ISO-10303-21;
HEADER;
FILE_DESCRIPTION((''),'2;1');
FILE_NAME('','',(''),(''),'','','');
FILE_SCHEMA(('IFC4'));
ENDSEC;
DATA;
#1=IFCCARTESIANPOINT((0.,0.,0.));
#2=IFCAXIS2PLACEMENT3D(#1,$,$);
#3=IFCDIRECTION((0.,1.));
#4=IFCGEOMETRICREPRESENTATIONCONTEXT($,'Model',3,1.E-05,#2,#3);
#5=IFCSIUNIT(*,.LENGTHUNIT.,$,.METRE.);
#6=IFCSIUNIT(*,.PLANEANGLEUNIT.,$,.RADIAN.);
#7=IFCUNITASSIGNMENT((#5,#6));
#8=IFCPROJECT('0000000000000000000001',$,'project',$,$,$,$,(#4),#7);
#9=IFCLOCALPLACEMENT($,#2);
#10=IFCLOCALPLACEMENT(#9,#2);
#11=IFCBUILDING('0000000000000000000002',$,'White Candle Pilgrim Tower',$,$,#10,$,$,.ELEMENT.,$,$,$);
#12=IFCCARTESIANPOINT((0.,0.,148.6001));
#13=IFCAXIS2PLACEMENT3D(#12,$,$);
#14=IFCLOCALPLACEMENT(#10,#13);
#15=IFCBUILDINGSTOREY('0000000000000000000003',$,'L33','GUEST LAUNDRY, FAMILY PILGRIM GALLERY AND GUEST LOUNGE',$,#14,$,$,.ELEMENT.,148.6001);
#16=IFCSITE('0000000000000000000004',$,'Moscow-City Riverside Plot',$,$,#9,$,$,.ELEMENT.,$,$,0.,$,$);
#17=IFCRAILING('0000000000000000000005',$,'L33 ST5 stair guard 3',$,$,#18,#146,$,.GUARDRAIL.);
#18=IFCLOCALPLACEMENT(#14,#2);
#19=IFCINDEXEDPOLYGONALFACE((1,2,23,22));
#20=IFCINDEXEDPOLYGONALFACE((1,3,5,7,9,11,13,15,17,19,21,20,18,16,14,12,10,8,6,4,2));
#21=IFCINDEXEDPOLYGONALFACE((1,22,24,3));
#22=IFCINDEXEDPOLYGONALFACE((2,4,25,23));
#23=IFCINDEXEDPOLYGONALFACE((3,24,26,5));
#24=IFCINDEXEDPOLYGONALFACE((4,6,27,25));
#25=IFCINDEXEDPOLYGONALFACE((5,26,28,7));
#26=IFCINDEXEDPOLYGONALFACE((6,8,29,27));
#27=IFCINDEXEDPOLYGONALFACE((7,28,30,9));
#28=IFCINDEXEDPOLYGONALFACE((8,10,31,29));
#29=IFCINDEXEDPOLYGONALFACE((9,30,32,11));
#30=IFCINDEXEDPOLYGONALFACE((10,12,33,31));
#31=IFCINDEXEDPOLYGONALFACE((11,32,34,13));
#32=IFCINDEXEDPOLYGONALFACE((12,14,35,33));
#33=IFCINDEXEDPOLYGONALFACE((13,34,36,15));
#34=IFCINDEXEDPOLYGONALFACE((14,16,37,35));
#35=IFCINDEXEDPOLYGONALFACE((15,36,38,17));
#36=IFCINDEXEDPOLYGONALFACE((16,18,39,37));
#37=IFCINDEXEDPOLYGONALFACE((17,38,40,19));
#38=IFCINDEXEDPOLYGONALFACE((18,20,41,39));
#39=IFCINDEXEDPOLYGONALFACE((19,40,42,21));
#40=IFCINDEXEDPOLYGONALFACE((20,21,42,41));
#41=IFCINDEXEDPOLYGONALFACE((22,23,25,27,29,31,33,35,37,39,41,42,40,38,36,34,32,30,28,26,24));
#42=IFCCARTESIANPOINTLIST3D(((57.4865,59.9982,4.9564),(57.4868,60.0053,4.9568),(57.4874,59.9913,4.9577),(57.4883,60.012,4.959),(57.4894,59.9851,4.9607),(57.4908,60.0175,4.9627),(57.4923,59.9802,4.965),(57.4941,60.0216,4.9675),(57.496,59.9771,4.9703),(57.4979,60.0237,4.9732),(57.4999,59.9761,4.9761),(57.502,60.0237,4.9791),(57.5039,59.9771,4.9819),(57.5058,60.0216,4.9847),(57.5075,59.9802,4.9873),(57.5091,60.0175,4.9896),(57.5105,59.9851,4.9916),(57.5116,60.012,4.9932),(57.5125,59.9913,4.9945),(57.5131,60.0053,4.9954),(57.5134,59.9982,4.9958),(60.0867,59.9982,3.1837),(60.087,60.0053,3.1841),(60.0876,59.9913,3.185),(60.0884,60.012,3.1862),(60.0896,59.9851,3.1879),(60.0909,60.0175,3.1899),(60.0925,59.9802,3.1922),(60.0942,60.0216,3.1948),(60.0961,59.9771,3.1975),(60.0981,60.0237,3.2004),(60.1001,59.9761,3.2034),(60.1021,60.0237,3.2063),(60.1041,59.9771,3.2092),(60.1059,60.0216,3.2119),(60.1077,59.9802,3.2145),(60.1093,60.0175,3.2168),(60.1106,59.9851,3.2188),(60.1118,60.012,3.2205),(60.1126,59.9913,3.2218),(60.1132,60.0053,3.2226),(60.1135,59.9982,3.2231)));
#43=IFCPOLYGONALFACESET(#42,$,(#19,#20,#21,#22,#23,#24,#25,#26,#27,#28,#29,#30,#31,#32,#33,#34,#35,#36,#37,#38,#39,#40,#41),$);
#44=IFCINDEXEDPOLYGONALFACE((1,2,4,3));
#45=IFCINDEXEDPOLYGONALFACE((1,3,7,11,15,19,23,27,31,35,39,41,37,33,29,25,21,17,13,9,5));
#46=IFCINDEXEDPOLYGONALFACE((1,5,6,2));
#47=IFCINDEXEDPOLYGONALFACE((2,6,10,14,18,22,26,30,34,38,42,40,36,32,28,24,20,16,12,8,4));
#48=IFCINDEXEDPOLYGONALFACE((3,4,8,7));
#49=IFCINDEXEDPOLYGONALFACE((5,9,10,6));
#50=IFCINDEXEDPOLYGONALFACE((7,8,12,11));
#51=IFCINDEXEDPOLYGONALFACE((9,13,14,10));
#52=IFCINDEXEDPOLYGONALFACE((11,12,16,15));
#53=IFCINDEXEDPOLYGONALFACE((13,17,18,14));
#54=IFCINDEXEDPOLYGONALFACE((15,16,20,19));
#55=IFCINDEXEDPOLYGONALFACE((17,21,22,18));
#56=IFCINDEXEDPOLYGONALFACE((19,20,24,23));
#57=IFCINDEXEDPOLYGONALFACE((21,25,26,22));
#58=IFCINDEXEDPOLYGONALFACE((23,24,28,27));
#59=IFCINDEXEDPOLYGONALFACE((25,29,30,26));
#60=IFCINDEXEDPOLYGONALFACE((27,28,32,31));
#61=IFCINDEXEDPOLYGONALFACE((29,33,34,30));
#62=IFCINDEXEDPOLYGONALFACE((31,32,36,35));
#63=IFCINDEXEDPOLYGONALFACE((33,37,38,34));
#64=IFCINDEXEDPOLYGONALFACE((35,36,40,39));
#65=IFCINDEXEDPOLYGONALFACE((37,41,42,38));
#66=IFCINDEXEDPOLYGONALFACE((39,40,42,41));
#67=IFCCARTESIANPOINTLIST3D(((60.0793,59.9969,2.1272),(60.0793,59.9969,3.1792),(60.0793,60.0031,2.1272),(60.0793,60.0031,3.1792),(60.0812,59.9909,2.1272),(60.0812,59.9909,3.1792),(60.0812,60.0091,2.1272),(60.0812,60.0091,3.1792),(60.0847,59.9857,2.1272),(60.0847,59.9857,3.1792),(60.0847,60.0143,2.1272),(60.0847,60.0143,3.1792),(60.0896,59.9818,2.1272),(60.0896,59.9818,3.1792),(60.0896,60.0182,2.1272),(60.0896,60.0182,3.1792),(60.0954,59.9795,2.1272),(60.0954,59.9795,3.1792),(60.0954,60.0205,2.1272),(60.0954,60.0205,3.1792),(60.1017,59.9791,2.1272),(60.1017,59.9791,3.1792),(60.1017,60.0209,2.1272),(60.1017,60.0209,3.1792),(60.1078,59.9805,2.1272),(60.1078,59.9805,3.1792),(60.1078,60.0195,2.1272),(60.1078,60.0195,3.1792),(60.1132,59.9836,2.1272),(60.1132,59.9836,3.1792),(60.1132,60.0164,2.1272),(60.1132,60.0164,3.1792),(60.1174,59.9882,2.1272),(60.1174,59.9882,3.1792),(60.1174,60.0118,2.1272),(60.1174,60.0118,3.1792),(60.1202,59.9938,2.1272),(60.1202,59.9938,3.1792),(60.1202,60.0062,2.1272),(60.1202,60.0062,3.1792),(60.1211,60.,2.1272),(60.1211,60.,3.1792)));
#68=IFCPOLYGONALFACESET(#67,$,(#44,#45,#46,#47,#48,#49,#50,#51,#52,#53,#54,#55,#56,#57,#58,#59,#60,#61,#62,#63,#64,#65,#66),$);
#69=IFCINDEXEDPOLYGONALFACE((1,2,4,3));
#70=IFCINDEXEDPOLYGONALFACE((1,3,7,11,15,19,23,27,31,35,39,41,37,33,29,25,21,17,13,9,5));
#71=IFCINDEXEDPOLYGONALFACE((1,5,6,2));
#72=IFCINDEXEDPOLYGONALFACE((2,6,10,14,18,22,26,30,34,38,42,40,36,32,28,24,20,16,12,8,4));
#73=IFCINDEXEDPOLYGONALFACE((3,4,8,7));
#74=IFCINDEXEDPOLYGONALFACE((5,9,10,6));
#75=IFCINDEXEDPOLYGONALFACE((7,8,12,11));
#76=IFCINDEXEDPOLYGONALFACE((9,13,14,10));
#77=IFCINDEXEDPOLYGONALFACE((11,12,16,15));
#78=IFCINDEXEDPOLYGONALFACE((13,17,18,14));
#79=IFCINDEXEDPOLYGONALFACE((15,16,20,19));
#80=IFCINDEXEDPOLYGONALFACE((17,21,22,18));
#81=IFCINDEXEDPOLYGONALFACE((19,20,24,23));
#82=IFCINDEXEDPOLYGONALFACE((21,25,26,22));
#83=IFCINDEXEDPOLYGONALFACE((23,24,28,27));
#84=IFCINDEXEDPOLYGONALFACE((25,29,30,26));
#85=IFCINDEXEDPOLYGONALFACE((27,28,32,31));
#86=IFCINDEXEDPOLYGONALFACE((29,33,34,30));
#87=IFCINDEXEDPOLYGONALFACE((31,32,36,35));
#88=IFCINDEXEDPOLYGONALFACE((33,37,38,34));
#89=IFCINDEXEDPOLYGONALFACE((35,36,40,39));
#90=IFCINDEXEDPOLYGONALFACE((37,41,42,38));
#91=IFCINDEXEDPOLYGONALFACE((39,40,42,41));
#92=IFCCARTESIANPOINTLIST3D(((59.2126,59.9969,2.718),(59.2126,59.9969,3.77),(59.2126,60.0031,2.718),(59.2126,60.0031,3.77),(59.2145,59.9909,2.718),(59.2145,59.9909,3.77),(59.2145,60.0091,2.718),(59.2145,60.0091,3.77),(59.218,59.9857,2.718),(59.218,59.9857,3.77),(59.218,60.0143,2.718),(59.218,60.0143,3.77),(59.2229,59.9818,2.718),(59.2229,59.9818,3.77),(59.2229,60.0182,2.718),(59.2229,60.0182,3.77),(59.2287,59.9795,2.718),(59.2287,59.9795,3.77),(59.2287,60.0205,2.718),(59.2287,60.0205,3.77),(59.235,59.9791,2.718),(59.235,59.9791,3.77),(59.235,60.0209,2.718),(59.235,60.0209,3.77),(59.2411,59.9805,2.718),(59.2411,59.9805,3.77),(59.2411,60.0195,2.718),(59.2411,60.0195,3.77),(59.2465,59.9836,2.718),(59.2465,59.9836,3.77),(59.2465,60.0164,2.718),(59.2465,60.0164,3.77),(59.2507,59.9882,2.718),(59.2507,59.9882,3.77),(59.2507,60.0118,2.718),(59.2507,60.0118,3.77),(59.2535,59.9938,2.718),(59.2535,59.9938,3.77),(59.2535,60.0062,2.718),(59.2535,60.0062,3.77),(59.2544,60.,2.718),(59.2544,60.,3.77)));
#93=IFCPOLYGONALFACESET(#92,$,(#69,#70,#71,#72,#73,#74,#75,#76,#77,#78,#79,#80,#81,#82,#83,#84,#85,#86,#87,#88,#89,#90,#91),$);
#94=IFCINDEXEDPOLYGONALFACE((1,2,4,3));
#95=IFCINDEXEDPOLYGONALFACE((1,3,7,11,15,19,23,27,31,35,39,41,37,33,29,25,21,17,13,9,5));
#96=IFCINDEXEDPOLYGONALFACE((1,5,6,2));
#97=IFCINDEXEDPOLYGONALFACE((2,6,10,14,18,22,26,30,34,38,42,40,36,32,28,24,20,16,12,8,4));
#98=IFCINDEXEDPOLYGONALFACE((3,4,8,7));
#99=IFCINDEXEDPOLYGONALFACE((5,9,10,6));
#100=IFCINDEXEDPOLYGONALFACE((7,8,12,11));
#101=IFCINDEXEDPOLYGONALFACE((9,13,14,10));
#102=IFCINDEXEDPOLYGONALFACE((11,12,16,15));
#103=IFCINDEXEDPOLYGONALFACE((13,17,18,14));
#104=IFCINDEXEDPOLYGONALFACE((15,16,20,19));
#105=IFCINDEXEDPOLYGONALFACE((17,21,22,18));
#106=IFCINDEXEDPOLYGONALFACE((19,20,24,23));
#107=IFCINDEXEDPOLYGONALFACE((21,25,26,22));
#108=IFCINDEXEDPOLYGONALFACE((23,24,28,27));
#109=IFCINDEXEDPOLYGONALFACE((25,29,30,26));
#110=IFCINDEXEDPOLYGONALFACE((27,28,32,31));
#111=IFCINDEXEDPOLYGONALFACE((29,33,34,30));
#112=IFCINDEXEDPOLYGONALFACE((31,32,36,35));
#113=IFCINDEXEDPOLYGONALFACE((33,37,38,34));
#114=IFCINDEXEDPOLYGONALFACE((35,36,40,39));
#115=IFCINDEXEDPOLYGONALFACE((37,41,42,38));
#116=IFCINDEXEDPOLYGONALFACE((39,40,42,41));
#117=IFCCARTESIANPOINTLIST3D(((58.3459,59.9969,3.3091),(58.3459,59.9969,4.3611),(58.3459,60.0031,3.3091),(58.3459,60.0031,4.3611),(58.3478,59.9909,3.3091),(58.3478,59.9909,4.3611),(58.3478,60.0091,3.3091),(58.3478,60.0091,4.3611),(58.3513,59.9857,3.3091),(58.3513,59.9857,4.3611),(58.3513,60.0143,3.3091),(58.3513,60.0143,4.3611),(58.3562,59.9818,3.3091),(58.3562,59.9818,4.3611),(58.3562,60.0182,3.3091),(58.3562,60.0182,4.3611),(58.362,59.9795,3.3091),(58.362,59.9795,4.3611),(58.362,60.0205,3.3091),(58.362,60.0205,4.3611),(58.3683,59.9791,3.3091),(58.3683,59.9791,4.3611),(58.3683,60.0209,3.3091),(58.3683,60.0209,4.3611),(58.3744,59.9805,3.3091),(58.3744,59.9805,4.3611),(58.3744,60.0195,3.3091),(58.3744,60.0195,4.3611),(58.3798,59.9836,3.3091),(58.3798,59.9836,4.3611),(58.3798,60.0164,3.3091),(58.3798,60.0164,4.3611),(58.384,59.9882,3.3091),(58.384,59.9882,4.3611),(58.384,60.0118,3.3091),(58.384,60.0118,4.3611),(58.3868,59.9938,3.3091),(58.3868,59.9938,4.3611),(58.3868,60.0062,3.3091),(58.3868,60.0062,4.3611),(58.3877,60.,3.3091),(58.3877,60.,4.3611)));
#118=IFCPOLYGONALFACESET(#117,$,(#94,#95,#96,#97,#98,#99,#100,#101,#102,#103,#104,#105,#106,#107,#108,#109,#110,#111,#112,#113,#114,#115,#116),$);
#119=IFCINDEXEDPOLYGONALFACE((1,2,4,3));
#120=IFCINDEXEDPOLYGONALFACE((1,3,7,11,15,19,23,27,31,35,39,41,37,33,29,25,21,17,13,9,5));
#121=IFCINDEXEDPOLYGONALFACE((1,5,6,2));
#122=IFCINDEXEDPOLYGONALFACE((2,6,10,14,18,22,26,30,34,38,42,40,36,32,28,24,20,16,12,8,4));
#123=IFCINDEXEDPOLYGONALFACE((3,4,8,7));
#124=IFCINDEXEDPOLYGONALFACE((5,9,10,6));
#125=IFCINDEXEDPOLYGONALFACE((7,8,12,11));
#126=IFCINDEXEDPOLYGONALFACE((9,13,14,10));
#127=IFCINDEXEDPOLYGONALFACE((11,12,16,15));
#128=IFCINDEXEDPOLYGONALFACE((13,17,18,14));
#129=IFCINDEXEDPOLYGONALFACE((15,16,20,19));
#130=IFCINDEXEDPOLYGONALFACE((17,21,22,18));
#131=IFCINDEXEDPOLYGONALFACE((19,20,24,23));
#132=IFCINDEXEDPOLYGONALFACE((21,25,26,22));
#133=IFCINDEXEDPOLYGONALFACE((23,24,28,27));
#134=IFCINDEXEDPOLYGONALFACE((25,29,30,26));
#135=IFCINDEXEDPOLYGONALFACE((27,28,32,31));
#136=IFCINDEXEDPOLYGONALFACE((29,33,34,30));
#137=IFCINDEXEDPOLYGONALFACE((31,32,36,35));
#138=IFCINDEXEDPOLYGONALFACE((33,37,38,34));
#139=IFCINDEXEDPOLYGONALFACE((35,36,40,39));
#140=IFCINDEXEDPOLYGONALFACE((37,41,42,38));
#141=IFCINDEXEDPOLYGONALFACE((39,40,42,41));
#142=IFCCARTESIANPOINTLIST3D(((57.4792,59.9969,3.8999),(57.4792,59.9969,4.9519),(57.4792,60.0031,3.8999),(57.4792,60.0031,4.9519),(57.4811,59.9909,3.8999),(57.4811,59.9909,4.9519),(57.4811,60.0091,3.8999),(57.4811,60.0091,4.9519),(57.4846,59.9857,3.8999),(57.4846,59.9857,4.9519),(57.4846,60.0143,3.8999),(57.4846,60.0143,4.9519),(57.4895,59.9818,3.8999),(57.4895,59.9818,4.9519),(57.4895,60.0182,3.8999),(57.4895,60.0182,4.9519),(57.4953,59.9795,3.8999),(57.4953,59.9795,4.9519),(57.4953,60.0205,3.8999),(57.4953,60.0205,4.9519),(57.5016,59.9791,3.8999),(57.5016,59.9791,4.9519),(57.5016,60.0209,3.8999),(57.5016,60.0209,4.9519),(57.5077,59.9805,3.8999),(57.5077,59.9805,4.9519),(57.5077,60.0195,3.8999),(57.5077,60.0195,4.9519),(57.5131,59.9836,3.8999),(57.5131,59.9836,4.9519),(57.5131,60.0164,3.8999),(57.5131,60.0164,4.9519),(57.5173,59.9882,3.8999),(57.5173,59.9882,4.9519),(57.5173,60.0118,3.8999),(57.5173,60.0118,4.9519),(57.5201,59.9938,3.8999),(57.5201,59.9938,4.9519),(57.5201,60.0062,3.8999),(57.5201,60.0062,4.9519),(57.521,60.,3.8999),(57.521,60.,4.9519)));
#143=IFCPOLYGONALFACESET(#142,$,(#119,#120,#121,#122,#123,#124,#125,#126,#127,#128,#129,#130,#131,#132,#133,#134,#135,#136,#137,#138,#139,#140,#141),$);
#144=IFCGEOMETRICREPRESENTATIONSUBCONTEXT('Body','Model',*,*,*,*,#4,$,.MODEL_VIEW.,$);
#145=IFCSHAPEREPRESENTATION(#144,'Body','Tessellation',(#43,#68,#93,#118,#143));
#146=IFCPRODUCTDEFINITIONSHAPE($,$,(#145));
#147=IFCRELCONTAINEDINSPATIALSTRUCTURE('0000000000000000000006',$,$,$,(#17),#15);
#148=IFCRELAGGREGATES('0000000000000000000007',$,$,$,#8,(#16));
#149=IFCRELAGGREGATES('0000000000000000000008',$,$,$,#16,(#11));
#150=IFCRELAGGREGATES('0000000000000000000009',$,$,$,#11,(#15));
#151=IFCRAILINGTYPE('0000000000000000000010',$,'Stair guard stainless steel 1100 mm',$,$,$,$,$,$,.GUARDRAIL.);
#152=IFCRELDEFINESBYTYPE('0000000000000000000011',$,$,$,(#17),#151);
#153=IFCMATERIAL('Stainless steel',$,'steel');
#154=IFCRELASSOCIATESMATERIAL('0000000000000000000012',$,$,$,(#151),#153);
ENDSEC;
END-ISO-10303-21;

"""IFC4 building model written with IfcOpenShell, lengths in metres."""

from ifc_helpers import new_model, si_unit, direction, frame, origin, origin_2d, place, context, subcontext, project, spatial, circle, extrude, material, type_object, element, save


model = new_model("IFC4")

# Units and contexts
model_context = context("Model", 3, precision=1e-05, world=origin(), true_north=direction((0.0, 1.0)))
body_context = subcontext(model_context, "Body", "Model", "MODEL_VIEW")
ifc_project = project(units=[si_unit("LENGTHUNIT", "METRE"), si_unit("PLANEANGLEUNIT", "RADIAN")], contexts=[model_context])

# Site, building, storey
site_placement = place(None, origin())
site = spatial("IfcSite", under=ifc_project, at=site_placement, Name="Moscow-City Riverside Plot", CompositionType="ELEMENT", RefElevation=0.0)
building_placement = place(site_placement, origin())
building = spatial("IfcBuilding", under=site, at=building_placement, Name="White Candle Pilgrim Tower", CompositionType="ELEMENT")
storey_placement = place(building_placement, frame((0.0, 0.0, 148.6001)))
storey = spatial("IfcBuildingStorey", under=building, at=storey_placement, Name="L33", Description="GUEST LAUNDRY, FAMILY PILGRIM GALLERY AND GUEST LOUNGE", CompositionType="ELEMENT", Elevation=148.6001)

# Railing
ifc_material_1 = material(Name="Stainless steel", Category="steel")
railing_type_1 = type_object("IfcRailingType", Name="Stair guard stainless steel 1100 mm", PredefinedType="GUARDRAIL", material=ifc_material_1)
railing_1_placement = place(storey_placement, frame((60.1001, 60.0, 2.1272)))
element("IfcRailing", 1, at=railing_1_placement, inside=storey, type_object=railing_type_1, Name="L33 ST5 stair guard 3", PredefinedType="GUARDRAIL", context=body_context, shape_type="SweptSolid", body=[
    extrude(circle(Radius=0.0239, at=origin_2d()), frame((0.0, 0.0, 1.0762), z_axis=(-0.82624, 0.0, 0.563318), x_axis=(0.0, -1.0, 0.0)), (0.0, 0.0, 1.0), 3.147),
    extrude(circle(Radius=0.021, at=origin_2d()), origin(), (0.0, 0.0, 1.0), 1.052),
    extrude(circle(Radius=0.021, at=origin_2d()), frame((-0.8667, 0.0, 0.5908)), (0.0, 0.0, 1.0), 1.052),
    extrude(circle(Radius=0.021, at=origin_2d()), frame((-1.7334, 0.0, 1.1819)), (0.0, 0.0, 1.0), 1.052),
    extrude(circle(Radius=0.021, at=origin_2d()), frame((-2.6001, 0.0, 1.7727)), (0.0, 0.0, 1.0), 1.052),
])

save(model, "model.ifc")
